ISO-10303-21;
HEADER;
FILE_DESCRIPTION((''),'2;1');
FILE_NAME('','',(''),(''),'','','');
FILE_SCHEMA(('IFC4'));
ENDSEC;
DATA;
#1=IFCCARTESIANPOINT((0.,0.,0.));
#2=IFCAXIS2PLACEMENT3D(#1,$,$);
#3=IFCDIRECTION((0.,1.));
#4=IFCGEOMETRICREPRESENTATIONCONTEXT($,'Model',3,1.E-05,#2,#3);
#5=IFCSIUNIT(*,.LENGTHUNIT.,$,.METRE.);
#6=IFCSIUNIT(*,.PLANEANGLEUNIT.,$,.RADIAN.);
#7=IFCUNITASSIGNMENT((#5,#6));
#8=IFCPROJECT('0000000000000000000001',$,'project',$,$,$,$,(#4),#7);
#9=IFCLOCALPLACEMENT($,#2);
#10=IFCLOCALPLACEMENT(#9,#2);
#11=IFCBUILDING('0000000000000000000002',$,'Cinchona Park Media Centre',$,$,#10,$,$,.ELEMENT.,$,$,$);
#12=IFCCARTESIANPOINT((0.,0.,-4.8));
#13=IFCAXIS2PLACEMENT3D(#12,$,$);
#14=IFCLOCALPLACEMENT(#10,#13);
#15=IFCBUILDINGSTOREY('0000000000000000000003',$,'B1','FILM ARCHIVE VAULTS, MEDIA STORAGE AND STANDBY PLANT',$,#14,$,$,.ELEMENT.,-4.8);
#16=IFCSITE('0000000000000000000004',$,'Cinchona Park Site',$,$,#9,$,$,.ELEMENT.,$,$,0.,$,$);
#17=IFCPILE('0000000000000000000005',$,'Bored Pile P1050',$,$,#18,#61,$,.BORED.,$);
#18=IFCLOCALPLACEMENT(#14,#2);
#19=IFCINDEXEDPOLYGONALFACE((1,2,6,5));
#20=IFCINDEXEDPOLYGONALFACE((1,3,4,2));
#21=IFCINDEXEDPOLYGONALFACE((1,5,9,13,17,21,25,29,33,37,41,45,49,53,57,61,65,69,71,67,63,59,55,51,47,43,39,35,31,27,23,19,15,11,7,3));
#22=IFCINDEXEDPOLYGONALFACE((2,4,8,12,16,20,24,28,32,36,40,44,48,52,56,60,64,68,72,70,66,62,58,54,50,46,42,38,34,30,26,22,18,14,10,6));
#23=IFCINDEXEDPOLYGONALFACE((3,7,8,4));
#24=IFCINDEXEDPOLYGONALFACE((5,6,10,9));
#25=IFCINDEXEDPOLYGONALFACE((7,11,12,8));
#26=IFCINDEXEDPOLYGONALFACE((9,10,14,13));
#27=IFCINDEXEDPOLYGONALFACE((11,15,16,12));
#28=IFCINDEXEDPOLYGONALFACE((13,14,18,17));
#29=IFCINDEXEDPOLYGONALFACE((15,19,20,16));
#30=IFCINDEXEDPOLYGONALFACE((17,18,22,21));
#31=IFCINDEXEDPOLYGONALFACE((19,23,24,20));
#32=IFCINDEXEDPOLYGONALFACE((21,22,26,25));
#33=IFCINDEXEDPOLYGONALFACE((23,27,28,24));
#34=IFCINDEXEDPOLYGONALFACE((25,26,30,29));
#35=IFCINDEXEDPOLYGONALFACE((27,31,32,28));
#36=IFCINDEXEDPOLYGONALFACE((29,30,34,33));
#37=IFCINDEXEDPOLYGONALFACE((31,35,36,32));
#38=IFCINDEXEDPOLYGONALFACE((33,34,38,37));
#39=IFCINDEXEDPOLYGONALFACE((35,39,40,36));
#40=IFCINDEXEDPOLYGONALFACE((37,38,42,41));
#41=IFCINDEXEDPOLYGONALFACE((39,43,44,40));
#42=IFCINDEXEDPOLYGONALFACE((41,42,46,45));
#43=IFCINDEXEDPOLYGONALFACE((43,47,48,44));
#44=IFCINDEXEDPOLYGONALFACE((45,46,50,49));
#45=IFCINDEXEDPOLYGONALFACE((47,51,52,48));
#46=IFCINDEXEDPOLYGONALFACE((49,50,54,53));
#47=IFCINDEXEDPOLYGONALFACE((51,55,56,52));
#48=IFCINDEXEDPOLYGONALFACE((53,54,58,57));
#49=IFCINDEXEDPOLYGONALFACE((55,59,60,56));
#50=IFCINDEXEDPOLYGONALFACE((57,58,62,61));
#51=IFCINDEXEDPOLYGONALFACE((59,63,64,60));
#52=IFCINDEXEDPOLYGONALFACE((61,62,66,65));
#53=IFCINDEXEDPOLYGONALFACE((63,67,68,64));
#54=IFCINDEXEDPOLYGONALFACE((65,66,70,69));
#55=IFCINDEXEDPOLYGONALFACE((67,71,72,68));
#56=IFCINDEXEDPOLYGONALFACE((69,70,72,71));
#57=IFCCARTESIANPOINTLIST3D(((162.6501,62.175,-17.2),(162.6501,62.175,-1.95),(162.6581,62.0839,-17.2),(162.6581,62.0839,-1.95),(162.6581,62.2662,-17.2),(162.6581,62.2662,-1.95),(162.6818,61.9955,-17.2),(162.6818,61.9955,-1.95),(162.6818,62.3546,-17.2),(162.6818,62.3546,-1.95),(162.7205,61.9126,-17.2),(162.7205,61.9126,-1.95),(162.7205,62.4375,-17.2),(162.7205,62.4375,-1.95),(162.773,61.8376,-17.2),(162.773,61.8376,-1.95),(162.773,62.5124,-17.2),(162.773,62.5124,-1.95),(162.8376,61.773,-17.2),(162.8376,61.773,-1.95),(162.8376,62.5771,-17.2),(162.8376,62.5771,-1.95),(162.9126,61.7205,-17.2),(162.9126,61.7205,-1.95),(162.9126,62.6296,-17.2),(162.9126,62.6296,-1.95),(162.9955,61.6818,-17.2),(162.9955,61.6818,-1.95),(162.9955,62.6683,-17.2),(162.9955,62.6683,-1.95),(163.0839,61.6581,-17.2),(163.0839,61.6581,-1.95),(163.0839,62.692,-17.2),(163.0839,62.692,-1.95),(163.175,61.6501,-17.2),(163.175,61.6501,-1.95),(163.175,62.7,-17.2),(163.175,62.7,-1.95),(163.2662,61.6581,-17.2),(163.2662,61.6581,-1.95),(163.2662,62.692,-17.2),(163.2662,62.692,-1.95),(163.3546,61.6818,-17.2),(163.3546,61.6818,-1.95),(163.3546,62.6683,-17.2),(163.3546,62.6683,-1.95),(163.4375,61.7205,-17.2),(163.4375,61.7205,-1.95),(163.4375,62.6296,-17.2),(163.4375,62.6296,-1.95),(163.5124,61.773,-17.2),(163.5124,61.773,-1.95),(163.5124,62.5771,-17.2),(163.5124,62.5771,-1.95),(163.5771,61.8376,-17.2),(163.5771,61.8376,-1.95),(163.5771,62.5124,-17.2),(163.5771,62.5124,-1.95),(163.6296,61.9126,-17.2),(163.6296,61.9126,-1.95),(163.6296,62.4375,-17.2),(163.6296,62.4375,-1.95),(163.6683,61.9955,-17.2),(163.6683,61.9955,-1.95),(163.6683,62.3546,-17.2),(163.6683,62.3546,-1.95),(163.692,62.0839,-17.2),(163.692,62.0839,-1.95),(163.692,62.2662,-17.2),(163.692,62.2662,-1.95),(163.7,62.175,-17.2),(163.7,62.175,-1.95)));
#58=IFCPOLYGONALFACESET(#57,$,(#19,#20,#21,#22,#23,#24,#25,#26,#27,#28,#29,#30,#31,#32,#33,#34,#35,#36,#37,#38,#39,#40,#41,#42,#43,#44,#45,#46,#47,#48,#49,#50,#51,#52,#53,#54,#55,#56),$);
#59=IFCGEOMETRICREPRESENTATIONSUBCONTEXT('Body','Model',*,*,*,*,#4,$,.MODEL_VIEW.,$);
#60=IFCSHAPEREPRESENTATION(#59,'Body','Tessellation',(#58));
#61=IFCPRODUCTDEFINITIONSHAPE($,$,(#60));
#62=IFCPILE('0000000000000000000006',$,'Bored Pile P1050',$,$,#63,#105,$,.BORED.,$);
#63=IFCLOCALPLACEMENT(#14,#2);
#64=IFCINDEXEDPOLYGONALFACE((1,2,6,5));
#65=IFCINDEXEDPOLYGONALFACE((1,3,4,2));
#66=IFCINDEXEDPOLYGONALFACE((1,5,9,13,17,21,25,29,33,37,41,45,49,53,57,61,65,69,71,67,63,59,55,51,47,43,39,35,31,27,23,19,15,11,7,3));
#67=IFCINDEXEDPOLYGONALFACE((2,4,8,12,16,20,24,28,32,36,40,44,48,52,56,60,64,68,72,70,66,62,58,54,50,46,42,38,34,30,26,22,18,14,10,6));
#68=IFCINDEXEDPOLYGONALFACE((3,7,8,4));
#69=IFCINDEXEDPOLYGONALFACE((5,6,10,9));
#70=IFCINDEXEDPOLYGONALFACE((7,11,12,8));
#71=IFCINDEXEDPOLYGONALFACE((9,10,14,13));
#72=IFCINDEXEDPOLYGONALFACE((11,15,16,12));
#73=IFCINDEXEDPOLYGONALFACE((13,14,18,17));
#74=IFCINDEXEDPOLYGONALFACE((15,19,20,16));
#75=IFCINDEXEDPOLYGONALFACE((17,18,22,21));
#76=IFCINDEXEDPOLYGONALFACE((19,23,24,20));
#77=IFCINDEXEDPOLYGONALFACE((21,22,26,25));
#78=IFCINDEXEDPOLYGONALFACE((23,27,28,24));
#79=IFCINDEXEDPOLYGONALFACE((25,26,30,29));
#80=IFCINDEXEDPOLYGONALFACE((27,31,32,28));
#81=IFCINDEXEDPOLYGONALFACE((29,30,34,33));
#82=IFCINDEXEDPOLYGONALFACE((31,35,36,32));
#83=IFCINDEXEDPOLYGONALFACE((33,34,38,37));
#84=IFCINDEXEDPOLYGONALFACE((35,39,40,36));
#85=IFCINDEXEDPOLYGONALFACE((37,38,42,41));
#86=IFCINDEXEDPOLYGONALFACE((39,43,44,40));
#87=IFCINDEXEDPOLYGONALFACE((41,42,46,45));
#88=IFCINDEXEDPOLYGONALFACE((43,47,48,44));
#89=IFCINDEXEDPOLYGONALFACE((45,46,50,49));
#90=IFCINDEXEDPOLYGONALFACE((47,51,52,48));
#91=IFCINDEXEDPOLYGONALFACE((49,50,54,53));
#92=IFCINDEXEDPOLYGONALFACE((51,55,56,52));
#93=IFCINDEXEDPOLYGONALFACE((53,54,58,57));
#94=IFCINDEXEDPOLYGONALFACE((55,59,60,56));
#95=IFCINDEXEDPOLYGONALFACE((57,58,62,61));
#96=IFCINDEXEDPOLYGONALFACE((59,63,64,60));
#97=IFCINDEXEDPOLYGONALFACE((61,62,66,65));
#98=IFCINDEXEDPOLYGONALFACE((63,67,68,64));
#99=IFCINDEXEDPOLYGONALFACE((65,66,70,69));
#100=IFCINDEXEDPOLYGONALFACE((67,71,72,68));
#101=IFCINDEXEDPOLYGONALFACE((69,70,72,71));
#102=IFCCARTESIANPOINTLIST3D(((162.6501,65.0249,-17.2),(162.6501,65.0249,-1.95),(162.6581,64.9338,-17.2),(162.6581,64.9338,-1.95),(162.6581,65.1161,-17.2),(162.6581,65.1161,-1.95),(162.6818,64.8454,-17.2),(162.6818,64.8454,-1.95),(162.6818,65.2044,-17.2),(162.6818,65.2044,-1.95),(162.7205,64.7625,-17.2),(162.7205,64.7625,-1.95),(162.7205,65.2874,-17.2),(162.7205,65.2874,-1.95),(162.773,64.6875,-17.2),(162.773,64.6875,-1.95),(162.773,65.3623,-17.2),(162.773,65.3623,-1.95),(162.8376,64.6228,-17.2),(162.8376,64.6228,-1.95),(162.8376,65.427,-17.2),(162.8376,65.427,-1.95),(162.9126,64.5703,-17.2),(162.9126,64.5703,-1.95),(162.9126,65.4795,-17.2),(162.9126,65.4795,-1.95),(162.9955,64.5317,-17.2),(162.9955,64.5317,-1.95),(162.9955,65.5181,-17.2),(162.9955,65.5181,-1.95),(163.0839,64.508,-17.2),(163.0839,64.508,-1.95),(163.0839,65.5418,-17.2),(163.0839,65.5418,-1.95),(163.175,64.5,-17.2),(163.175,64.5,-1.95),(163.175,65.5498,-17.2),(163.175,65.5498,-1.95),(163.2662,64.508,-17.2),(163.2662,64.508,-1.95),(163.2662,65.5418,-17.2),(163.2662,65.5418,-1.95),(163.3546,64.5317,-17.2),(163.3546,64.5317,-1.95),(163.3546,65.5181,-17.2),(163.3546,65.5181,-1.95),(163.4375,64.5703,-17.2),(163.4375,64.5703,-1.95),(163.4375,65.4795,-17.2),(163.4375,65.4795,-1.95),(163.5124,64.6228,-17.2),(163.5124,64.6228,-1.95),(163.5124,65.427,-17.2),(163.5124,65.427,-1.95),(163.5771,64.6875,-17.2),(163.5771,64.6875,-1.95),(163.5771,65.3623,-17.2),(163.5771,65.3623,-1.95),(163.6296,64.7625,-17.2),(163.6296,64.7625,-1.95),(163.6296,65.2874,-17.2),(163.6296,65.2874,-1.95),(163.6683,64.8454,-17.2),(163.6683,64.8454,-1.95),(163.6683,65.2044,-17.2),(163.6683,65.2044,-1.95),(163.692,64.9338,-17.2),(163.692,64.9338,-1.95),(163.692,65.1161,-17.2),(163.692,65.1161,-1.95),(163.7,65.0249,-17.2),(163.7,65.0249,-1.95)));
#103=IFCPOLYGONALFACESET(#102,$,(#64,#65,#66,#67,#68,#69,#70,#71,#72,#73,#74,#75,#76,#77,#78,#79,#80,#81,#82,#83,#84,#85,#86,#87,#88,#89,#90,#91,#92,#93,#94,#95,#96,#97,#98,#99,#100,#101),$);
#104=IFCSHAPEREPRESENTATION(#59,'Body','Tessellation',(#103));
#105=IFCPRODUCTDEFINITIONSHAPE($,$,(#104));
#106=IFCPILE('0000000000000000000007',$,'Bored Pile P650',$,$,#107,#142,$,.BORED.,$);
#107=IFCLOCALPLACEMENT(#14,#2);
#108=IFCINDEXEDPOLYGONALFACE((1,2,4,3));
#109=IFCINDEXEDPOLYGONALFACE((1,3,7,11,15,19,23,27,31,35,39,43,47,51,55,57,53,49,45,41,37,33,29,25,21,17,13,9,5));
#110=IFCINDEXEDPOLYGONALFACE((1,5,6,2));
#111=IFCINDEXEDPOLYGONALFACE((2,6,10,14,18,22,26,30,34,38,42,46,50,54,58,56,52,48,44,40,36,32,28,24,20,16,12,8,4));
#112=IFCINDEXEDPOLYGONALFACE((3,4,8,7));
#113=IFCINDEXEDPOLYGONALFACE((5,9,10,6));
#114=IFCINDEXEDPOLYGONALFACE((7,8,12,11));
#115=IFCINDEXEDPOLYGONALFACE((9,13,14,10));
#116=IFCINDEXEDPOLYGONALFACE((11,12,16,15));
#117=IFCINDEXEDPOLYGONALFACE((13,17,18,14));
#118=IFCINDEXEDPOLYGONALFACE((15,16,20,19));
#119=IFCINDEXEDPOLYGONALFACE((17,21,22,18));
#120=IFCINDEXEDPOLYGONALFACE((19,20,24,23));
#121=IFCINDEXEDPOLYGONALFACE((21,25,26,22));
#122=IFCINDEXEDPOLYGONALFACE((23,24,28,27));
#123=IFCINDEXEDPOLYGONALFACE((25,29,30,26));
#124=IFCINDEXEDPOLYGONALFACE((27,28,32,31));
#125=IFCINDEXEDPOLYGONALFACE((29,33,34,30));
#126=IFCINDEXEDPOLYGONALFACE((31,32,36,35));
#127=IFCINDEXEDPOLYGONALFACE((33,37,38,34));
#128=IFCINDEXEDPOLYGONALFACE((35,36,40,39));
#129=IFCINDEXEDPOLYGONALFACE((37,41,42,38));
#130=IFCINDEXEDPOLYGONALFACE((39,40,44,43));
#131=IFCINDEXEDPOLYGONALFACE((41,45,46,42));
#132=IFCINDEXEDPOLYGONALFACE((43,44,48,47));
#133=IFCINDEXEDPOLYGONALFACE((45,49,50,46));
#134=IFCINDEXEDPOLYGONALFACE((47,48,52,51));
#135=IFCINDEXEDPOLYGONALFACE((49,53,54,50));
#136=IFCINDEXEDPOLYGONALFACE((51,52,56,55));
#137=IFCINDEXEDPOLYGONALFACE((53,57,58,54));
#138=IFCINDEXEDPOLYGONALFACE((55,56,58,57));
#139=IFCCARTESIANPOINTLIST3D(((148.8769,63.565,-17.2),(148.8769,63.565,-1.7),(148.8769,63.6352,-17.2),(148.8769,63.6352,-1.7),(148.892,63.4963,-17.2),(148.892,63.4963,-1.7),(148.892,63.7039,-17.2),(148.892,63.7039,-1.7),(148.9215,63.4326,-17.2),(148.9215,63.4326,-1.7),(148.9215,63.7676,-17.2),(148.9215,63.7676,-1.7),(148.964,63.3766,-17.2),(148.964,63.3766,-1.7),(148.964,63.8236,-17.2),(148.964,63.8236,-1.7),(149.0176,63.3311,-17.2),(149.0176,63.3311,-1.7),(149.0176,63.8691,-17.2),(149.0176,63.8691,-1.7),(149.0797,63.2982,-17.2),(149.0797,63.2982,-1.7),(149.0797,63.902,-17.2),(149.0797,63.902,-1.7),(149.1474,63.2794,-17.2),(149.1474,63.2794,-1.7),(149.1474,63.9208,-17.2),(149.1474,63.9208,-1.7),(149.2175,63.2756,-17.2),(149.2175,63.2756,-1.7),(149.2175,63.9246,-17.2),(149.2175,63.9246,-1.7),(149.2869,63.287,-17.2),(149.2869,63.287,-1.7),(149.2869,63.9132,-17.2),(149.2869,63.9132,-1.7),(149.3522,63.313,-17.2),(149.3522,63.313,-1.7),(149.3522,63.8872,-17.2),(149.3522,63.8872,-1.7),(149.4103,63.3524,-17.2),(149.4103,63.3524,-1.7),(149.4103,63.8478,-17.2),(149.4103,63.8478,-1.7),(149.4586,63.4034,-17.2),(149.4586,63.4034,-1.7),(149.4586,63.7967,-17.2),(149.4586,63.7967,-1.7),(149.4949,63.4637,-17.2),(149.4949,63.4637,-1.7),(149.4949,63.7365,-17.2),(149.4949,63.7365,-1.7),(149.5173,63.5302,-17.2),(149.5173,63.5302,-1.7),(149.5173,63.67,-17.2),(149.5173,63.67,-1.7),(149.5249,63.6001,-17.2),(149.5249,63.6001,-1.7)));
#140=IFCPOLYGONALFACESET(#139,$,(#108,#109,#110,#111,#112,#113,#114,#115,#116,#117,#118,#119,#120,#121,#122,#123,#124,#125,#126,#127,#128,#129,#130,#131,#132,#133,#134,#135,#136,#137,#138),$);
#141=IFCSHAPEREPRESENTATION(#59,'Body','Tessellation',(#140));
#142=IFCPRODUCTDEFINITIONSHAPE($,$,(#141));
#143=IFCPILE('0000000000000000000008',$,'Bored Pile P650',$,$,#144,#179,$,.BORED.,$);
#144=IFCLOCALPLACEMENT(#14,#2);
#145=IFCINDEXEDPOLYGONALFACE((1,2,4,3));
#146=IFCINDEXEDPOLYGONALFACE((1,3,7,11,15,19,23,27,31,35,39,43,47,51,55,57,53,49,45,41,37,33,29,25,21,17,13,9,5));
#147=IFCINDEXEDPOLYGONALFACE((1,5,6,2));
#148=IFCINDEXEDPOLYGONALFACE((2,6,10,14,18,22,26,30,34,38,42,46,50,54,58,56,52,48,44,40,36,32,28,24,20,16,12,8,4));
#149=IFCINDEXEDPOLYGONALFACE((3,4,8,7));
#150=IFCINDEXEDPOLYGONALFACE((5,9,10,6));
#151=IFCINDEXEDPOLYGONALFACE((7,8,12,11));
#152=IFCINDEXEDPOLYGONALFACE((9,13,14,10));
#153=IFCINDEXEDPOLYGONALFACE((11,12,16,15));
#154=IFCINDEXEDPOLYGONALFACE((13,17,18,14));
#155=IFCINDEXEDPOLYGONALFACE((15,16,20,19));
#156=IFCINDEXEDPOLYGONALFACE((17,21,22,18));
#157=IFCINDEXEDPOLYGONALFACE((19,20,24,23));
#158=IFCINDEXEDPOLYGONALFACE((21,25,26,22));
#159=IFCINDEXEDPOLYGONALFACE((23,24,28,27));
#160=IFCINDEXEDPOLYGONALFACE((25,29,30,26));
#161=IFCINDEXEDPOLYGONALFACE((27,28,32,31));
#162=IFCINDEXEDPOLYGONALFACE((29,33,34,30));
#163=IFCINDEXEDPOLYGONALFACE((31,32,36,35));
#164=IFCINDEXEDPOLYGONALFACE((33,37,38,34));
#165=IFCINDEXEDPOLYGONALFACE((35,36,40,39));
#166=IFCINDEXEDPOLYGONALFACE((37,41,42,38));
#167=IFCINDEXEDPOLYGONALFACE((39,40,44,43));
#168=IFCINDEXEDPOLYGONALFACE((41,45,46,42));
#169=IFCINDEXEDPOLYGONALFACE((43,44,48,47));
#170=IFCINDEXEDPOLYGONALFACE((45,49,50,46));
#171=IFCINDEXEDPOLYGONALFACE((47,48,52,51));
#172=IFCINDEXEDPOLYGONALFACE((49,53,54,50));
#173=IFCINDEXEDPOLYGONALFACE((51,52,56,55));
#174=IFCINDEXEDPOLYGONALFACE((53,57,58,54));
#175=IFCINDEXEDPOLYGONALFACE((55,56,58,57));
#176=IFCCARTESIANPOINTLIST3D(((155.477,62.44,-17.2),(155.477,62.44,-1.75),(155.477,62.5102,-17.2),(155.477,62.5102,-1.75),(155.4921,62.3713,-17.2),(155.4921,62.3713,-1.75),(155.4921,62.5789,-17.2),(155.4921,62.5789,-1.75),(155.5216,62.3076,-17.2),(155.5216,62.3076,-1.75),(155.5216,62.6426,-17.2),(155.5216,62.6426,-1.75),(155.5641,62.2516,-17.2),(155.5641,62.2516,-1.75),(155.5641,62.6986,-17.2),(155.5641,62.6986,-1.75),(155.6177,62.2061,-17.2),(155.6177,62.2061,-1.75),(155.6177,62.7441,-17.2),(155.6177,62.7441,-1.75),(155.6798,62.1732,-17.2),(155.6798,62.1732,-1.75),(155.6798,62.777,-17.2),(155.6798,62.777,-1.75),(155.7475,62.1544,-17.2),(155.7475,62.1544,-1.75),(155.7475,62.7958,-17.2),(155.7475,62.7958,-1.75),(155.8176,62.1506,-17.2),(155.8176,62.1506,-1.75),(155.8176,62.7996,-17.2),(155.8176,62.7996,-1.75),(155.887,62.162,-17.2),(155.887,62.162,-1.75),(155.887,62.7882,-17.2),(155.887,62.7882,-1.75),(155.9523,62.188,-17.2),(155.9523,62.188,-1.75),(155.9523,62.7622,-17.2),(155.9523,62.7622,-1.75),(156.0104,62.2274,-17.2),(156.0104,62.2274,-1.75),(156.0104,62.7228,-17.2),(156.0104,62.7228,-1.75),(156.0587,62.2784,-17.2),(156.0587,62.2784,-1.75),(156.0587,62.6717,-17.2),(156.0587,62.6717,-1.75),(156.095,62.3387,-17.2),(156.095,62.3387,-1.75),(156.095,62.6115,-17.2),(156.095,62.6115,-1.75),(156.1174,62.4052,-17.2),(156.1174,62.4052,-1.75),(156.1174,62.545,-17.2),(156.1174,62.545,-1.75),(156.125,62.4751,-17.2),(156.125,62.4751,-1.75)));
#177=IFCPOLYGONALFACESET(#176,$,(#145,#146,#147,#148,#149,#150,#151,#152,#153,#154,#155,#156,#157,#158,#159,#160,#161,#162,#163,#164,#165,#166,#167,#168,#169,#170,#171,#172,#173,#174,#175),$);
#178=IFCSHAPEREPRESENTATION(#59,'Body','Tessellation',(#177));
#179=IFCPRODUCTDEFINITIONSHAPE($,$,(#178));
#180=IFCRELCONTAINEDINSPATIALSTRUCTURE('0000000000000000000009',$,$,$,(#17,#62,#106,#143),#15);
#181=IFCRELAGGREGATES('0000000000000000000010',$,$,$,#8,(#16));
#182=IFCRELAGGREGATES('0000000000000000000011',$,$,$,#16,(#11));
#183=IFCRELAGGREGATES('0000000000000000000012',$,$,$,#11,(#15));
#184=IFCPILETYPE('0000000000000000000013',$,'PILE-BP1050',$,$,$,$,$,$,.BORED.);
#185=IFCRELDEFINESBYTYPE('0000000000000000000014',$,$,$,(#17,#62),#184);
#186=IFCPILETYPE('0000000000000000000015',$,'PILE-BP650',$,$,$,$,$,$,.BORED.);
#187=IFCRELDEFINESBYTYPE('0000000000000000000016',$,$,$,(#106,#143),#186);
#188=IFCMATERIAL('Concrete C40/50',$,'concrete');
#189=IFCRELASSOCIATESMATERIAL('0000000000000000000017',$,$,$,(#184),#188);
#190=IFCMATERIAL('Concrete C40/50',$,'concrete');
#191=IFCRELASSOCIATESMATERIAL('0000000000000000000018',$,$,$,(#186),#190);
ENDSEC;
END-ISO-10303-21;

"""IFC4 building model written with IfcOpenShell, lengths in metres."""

from ifc_helpers import new_model, si_unit, direction, frame, origin, origin_2d, place, context, subcontext, project, spatial, circle, extrude, material, material_profile, profile_set, type_object, element, save


model = new_model("IFC4")

# Units and contexts
model_context = context("Model", 3, precision=1e-05, world=origin(), true_north=direction((0.0, 1.0)))
body_context = subcontext(model_context, "Body", "Model", "MODEL_VIEW")
ifc_project = project(units=[si_unit("LENGTHUNIT", "METRE"), si_unit("PLANEANGLEUNIT", "RADIAN")], contexts=[model_context])

# Site, building, storey
site_placement = place(None, origin())
site = spatial("IfcSite", under=ifc_project, at=site_placement, Name="Cinchona Park Site", CompositionType="ELEMENT", RefElevation=0.0)
building_placement = place(site_placement, origin())
building = spatial("IfcBuilding", under=site, at=building_placement, Name="Cinchona Park Media Centre", CompositionType="ELEMENT")
storey_placement = place(building_placement, frame((0.0, 0.0, -4.8)))
storey = spatial("IfcBuildingStorey", under=building, at=storey_placement, Name="B1", Description="FILM ARCHIVE VAULTS, MEDIA STORAGE AND STANDBY PLANT", CompositionType="ELEMENT", Elevation=-4.8)

# Piles
ifc_material_1 = material(Name="Concrete C40/50", Category="concrete")
ifc_material_profile_1 = material_profile(ifc_material_1, circle(Radius=0.5249, at=origin_2d()), Name="BORED PILE 1050")
ifc_profile_set_1 = profile_set([ifc_material_profile_1], Name="Concrete C40/50")
pile_type_1 = type_object("IfcPileType", Name="PILE-BP1050", PredefinedType="BORED", material=ifc_profile_set_1)
for number, where, z_axis, x_axis, name in (
    (1, (163.175, 62.175, -1.95), (0.0, 0.0, -1.0), (1.0, 0.0, 0.0), "Bored Pile P1050"),
    (2, (163.175, 65.0249, -1.95), (0.0, 0.0, -1.0), (1.0, 0.0, 0.0), "Bored Pile P1050"),
):
    element("IfcPile", number, at=place(storey_placement, frame(where, z_axis=z_axis, x_axis=x_axis)), inside=storey, type_object=pile_type_1, Name=name, PredefinedType="BORED", context=body_context, shape_type="SweptSolid", body=[
        extrude(circle(Radius=0.5249, at=origin_2d()), origin(), (0.0, 0.0, 1.0), 15.25),
    ])
ifc_material_2 = material(Name="Concrete C40/50", Category="concrete")
ifc_material_profile_2 = material_profile(ifc_material_2, circle(Radius=0.325, at=origin_2d()), Name="BORED PILE 650")
ifc_profile_set_2 = profile_set([ifc_material_profile_2], Name="Concrete C40/50")
pile_type_2 = type_object("IfcPileType", Name="PILE-BP650", PredefinedType="BORED", material=ifc_profile_set_2)
pile_1_placement = place(storey_placement, frame((149.2, 63.6001, -1.7), z_axis=(0.0, 0.0, -1.0), x_axis=(1.0, 0.0, 0.0)))
element("IfcPile", 3, at=pile_1_placement, inside=storey, type_object=pile_type_2, Name="Bored Pile P650", PredefinedType="BORED", context=body_context, shape_type="SweptSolid", body=[
    extrude(circle(Radius=0.325, at=origin_2d()), origin(), (0.0, 0.0, 1.0), 15.5),
])
for number, where, z_axis, x_axis, name in (
    (4, (155.8, 62.4751, -1.75), (0.0, 0.0, -1.0), (1.0, 0.0, 0.0), "Bored Pile P650"),
):
    element("IfcPile", number, at=place(storey_placement, frame(where, z_axis=z_axis, x_axis=x_axis)), inside=storey, type_object=pile_type_2, Name=name, PredefinedType="BORED", context=body_context, shape_type="SweptSolid", body=[
        extrude(circle(Radius=0.325, at=origin_2d()), origin(), (0.0, 0.0, 1.0), 15.45),
    ])

save(model, "model.ifc")
